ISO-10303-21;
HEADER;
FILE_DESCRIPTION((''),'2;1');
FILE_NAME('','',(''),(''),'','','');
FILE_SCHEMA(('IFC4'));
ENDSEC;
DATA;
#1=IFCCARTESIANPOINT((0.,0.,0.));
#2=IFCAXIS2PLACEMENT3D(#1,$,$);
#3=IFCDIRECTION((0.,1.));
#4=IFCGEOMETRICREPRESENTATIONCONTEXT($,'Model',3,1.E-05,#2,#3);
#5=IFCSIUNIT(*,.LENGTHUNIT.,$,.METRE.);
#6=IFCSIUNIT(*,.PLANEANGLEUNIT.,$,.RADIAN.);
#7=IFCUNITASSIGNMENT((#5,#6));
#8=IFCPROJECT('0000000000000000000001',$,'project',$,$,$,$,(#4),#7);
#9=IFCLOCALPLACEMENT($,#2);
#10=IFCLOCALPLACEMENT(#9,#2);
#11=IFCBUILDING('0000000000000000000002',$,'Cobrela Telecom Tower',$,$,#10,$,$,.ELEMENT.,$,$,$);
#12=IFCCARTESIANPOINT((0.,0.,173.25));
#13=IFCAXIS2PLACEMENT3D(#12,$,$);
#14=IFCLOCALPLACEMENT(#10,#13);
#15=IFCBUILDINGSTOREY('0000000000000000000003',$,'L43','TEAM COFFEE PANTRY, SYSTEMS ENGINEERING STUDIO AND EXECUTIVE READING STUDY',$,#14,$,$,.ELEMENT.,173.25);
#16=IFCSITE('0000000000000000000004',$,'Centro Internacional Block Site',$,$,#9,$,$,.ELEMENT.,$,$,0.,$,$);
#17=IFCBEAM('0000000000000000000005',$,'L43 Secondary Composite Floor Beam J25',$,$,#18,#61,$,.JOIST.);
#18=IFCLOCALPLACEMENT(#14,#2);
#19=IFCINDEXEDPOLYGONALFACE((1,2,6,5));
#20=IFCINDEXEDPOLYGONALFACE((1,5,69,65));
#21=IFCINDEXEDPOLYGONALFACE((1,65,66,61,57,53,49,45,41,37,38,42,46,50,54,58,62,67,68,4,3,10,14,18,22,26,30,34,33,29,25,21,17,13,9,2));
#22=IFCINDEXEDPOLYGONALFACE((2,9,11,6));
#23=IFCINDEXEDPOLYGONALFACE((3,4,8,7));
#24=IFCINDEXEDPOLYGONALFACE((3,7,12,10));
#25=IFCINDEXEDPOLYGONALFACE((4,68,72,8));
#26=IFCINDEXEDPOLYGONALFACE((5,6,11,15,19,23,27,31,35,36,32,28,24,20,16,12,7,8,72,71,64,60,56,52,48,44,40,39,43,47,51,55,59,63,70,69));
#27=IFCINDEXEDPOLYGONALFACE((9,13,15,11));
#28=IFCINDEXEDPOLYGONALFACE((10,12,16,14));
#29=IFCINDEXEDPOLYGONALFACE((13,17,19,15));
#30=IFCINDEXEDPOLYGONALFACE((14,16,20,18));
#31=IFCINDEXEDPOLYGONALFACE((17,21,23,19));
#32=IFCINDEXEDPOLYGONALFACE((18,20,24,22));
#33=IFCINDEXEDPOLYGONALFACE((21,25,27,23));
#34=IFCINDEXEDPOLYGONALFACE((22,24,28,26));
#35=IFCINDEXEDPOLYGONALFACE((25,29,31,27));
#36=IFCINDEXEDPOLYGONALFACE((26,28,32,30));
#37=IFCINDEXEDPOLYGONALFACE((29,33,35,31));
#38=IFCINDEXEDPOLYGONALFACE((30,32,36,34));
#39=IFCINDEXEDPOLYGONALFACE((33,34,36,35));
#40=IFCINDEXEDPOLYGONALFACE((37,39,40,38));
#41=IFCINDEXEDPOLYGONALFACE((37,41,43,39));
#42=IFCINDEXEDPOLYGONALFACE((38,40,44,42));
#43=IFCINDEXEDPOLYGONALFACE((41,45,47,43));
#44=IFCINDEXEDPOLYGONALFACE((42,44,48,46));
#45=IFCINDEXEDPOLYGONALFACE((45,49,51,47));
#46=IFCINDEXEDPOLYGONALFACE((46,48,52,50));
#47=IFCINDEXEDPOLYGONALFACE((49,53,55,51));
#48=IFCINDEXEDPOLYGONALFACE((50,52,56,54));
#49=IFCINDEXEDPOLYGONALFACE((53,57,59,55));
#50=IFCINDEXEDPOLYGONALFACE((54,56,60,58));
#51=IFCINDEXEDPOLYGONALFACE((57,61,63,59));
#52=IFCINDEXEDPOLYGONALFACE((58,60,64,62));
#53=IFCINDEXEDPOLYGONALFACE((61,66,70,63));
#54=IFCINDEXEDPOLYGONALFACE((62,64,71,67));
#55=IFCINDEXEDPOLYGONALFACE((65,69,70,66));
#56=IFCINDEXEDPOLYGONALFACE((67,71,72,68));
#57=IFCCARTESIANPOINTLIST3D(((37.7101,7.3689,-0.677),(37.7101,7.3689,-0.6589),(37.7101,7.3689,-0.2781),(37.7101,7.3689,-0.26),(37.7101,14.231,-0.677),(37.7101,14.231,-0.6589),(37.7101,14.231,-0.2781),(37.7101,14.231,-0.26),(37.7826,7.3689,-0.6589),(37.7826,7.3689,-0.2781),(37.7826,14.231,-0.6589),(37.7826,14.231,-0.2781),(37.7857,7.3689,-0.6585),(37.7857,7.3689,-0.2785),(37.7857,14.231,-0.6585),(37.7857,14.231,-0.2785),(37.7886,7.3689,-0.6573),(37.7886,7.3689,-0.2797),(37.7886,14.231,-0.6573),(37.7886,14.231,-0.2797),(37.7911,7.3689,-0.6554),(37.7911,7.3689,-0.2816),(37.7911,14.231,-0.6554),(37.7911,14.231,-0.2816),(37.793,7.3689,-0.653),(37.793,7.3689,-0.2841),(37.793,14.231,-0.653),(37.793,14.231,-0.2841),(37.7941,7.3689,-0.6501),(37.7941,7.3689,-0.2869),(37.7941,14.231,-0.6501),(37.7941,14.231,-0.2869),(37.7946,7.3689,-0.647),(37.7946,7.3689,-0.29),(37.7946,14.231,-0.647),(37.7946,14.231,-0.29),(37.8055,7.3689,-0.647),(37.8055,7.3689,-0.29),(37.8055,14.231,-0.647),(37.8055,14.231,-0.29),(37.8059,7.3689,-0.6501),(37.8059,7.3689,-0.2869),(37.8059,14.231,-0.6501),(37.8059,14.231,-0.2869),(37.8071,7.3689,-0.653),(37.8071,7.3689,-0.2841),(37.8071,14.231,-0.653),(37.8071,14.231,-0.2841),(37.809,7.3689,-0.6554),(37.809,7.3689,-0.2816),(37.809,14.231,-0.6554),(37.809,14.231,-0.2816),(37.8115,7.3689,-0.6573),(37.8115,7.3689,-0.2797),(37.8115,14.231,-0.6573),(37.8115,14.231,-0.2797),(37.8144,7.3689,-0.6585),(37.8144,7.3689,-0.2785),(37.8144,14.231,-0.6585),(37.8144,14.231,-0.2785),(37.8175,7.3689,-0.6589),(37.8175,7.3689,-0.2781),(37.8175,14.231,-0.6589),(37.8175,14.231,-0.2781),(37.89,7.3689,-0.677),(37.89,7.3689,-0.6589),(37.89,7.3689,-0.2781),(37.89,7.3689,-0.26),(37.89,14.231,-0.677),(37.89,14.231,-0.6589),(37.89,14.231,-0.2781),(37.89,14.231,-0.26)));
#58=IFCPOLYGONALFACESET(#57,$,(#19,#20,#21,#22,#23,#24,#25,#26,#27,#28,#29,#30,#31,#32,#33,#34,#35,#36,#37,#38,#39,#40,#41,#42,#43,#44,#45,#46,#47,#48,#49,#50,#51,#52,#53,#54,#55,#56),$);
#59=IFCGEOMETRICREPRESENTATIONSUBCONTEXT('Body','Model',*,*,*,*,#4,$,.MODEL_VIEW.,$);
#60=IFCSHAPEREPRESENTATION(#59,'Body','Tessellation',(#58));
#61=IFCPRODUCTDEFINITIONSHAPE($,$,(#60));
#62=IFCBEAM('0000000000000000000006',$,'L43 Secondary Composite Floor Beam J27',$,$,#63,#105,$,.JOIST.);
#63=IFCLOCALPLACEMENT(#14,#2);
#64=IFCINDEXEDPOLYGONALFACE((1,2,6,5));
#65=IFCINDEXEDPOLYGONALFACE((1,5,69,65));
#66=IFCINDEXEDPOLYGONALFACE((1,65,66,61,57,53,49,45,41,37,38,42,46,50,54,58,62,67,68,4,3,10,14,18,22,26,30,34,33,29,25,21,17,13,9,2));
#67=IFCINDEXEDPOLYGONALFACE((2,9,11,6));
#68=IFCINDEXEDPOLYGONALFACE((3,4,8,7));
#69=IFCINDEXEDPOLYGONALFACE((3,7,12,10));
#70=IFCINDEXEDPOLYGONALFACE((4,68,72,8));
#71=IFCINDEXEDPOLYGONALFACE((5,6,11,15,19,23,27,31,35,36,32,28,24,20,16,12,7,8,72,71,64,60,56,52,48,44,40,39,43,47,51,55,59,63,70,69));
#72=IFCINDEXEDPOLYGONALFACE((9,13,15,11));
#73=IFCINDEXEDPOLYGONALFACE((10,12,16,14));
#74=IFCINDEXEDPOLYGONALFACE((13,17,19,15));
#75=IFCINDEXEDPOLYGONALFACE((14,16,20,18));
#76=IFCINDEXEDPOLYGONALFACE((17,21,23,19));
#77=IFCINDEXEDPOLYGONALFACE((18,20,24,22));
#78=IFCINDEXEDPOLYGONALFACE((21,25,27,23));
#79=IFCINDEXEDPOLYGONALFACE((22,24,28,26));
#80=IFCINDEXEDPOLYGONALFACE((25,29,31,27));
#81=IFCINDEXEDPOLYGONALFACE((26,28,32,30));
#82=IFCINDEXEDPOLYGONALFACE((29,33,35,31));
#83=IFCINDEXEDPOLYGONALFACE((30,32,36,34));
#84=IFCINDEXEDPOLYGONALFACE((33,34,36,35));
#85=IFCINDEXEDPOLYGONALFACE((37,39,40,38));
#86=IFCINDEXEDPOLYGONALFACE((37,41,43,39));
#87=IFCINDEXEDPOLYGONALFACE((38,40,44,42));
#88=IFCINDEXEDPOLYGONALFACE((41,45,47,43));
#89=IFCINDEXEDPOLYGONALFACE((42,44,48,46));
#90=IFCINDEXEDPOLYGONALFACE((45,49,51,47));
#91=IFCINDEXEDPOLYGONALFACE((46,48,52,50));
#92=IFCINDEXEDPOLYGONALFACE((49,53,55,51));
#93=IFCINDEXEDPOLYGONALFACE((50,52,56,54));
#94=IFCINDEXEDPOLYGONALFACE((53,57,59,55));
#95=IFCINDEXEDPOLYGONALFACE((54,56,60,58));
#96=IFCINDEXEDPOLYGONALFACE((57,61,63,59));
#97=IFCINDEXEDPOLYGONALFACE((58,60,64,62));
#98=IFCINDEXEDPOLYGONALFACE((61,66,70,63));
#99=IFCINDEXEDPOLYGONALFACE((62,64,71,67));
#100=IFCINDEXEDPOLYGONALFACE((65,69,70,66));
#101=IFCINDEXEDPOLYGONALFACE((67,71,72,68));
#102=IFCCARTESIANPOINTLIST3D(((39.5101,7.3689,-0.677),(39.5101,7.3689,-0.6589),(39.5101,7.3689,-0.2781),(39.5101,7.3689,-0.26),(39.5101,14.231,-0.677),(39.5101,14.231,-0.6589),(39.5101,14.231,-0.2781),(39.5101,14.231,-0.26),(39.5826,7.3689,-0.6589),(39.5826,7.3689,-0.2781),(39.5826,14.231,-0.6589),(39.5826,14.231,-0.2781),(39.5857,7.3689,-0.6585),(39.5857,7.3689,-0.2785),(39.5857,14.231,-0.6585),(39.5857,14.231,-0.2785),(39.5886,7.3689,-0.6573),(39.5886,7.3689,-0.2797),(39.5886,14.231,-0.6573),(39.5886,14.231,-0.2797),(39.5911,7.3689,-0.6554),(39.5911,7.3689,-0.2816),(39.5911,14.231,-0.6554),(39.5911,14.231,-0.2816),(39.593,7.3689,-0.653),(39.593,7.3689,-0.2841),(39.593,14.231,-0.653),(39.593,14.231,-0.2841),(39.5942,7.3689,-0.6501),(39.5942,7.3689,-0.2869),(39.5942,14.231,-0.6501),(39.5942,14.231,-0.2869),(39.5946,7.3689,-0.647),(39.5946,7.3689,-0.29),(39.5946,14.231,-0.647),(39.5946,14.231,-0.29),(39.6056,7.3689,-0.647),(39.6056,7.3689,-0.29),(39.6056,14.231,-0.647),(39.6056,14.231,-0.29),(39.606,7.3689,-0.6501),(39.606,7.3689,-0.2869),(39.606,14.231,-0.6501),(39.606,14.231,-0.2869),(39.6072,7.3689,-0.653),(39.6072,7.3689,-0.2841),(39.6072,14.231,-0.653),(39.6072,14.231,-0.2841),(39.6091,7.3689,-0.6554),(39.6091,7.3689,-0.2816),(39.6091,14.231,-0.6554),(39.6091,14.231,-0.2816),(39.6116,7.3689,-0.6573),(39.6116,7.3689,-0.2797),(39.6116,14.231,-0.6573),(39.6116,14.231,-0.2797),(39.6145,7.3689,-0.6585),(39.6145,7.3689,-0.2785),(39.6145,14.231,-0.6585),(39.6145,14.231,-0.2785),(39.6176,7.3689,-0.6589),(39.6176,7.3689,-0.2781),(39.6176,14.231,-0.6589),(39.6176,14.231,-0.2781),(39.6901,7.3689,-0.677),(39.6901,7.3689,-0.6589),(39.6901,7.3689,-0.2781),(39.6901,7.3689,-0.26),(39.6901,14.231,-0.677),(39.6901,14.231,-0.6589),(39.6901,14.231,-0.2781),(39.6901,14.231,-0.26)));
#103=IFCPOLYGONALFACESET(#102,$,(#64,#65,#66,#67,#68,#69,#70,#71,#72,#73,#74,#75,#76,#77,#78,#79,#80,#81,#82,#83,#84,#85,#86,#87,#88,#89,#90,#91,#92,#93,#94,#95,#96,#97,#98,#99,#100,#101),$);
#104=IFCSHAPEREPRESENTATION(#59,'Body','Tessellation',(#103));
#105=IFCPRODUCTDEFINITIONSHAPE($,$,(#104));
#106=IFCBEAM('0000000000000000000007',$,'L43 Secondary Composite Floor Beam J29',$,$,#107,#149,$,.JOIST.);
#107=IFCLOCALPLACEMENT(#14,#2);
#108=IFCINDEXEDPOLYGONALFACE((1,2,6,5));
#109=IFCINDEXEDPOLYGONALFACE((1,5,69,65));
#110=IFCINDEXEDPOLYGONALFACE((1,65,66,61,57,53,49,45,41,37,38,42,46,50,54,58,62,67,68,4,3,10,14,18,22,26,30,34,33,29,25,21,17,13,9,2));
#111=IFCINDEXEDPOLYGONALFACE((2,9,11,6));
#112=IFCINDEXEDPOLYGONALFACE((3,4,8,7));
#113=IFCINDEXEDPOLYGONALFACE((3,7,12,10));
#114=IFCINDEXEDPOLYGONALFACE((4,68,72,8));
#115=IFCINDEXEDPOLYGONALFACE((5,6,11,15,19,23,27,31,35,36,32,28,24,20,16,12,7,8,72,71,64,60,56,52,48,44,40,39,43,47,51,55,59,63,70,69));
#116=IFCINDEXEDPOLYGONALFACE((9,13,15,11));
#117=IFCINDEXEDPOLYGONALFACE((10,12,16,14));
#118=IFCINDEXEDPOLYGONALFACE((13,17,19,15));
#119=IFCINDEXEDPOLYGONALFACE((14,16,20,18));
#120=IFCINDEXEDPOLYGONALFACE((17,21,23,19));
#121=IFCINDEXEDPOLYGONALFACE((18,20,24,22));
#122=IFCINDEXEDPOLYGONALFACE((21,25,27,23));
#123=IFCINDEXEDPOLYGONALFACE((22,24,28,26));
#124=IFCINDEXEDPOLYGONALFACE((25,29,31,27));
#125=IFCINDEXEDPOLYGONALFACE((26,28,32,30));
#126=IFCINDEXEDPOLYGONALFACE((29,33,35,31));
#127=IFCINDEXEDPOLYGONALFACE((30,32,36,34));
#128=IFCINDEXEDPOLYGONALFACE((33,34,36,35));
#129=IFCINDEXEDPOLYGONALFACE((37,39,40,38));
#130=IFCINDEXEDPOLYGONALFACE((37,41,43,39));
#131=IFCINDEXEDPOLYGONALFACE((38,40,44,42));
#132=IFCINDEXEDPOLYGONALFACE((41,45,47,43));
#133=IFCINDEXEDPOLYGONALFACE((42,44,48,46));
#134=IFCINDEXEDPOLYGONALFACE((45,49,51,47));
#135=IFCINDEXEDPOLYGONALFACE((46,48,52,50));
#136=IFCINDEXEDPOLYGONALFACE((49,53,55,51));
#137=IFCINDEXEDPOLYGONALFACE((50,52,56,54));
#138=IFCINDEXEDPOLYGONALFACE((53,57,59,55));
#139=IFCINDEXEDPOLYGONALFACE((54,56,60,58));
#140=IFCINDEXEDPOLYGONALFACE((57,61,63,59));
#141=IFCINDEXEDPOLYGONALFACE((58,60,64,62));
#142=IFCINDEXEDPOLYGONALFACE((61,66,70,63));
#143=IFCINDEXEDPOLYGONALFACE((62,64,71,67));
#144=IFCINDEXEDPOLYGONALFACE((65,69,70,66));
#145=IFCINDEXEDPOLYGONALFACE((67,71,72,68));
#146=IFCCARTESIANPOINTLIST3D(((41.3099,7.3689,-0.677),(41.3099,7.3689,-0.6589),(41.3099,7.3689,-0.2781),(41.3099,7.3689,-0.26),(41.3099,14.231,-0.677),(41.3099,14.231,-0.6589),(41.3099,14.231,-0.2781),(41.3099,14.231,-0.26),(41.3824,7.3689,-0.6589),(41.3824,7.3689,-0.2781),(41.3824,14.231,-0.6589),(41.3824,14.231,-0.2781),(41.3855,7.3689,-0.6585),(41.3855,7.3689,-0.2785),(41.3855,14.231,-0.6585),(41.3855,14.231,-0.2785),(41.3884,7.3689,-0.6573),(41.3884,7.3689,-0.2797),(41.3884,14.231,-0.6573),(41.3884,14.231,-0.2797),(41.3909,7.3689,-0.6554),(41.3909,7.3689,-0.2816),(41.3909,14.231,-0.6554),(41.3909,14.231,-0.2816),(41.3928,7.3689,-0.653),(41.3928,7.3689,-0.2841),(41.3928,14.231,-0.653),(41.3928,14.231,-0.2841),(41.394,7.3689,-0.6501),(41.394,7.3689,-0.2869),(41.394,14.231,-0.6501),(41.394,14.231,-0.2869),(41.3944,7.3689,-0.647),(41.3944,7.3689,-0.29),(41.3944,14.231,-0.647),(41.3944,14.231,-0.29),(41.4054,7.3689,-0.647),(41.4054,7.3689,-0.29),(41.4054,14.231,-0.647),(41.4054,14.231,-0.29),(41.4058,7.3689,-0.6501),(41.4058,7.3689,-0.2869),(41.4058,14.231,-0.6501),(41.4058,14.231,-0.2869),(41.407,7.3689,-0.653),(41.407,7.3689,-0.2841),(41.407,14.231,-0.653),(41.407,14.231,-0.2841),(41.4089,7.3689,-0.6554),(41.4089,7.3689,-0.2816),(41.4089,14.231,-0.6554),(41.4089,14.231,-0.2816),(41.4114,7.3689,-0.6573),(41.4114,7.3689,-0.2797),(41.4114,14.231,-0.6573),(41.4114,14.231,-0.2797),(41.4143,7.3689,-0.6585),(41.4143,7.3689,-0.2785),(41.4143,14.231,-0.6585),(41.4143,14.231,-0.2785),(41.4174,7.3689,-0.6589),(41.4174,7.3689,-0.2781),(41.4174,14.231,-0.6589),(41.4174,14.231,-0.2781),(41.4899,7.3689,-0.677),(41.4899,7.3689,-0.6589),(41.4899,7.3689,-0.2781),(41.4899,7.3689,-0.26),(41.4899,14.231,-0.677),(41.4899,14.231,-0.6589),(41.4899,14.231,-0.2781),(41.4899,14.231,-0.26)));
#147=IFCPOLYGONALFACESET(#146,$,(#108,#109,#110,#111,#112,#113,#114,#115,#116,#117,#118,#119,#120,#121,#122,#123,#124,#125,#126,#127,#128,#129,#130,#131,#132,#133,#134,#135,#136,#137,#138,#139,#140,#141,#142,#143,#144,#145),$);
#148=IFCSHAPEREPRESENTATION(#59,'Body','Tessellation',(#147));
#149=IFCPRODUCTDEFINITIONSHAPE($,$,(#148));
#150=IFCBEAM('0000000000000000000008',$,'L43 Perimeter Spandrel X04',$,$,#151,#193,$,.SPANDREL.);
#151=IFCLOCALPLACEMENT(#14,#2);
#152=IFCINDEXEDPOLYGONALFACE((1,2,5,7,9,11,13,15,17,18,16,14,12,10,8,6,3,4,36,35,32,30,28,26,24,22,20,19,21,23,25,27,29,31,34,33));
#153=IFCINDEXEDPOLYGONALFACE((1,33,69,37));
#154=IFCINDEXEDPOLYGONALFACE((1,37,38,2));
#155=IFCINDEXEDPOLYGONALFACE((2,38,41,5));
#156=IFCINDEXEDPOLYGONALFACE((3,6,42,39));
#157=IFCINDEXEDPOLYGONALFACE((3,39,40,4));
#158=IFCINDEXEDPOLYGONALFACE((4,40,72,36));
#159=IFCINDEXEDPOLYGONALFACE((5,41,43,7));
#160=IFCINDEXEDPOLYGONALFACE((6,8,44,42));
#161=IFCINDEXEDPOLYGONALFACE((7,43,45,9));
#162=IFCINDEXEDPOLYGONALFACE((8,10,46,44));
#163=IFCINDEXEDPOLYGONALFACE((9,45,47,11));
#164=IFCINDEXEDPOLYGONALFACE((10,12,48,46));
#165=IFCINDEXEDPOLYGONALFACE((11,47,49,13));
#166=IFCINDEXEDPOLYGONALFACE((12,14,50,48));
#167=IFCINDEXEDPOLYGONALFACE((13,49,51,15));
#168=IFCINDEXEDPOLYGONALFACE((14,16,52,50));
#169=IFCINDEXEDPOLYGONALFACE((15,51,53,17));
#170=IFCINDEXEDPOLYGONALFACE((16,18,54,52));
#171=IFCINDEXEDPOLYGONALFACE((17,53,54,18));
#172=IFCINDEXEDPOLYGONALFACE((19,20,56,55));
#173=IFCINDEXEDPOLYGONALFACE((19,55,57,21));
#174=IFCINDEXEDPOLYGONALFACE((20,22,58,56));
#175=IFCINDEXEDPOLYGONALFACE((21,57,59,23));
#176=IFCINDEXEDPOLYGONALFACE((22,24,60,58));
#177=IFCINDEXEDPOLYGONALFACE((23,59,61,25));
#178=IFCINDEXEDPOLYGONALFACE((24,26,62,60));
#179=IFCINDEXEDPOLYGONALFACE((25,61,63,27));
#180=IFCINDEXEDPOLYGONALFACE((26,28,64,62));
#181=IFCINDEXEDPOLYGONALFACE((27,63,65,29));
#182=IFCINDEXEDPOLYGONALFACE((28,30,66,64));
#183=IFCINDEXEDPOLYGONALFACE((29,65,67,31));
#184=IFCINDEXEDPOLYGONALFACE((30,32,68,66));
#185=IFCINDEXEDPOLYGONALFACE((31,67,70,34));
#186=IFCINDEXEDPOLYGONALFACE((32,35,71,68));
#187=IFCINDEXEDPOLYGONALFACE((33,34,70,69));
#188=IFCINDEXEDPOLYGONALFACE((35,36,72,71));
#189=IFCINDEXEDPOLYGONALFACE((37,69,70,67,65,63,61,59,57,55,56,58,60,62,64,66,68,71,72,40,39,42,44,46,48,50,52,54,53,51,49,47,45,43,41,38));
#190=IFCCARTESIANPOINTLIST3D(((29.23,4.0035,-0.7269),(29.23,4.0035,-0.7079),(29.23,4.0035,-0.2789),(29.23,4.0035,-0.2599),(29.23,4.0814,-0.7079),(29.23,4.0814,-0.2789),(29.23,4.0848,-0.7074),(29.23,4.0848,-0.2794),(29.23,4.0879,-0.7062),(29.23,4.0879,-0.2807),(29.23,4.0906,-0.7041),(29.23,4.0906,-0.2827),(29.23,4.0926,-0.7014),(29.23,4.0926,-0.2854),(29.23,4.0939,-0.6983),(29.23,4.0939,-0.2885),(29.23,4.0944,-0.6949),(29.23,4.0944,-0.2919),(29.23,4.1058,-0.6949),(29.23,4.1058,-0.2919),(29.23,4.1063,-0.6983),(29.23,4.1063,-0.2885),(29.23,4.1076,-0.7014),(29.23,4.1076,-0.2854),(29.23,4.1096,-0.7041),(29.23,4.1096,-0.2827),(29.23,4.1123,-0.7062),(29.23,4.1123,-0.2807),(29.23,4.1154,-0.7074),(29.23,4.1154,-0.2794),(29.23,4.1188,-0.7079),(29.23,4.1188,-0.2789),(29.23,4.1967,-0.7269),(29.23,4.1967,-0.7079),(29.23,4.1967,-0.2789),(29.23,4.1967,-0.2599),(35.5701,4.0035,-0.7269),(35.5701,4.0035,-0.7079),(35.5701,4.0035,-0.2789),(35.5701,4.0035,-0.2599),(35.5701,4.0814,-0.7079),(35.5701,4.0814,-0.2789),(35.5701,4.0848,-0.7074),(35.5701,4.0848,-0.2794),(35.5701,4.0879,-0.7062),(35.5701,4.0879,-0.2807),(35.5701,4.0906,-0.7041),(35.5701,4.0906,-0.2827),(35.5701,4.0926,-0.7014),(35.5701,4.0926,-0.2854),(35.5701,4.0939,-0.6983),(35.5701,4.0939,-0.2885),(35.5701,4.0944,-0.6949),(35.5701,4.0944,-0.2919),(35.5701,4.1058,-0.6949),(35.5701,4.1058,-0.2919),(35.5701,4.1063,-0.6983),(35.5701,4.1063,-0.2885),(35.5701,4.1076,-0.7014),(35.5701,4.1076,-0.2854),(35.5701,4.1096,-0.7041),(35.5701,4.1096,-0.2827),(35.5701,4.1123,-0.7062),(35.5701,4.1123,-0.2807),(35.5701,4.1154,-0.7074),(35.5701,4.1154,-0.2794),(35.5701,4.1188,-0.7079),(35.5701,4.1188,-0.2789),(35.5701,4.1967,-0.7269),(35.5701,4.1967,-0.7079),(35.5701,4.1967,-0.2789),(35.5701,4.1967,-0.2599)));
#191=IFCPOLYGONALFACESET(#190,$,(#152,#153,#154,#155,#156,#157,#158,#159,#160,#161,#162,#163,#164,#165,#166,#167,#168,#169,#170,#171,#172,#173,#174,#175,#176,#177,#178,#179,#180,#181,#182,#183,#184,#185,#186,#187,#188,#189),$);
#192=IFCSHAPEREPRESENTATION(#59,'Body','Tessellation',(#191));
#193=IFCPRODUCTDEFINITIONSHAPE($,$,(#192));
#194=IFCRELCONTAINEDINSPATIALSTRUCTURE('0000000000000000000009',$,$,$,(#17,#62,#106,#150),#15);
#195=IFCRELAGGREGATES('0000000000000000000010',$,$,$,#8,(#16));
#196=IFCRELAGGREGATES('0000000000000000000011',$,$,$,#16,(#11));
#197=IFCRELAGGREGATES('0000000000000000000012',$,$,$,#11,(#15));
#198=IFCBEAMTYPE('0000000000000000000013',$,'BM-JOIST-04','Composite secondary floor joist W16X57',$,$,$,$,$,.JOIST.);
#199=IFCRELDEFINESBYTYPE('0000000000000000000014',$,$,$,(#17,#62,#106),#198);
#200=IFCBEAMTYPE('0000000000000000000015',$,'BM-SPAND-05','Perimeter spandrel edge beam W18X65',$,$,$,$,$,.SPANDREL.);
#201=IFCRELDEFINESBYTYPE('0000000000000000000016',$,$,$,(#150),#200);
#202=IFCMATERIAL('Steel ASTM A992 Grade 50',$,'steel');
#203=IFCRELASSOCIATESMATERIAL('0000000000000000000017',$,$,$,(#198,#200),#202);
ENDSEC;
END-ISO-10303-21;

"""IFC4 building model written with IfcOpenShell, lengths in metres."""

from ifc_helpers import new_model, si_unit, direction, frame, origin, origin_2d, place, context, subcontext, project, spatial, i_section, extrude, material, material_profile, profile_set, type_object, element, save


model = new_model("IFC4")

# Units and contexts
model_context = context("Model", 3, precision=1e-05, world=origin(), true_north=direction((0.0, 1.0)))
body_context = subcontext(model_context, "Body", "Model", "MODEL_VIEW")
ifc_project = project(units=[si_unit("LENGTHUNIT", "METRE"), si_unit("PLANEANGLEUNIT", "RADIAN")], contexts=[model_context])

# Site, building, storey
site_placement = place(None, origin())
site = spatial("IfcSite", under=ifc_project, at=site_placement, Name="Centro Internacional Block Site", CompositionType="ELEMENT", RefElevation=0.0)
building_placement = place(site_placement, origin())
building = spatial("IfcBuilding", under=site, at=building_placement, Name="Cobrela Telecom Tower", CompositionType="ELEMENT")
storey_placement = place(building_placement, frame((0.0, 0.0, 173.25)))
storey = spatial("IfcBuildingStorey", under=building, at=storey_placement, Name="L43", Description="TEAM COFFEE PANTRY, SYSTEMS ENGINEERING STUDIO AND EXECUTIVE READING STUDY", CompositionType="ELEMENT", Elevation=173.25)

# Shared definitions
ifc_material_1 = material(Name="Steel ASTM A992 Grade 50", Category="steel")

# Beams
ifc_material_profile_1 = material_profile(ifc_material_1, i_section(OverallWidth=0.1799, OverallDepth=0.417, WebThickness=0.011, FlangeThickness=0.0181, FilletRadius=0.012, at=origin_2d()), Name="W16X57")
ifc_profile_set_1 = profile_set([ifc_material_profile_1], Name="Steel ASTM A992 Grade 50")
beam_type_1 = type_object("IfcBeamType", Name="BM-JOIST-04", Description="Composite secondary floor joist W16X57", PredefinedType="JOIST", material=ifc_profile_set_1)
for number, where, z_axis, x_axis, name in (
    (1, (37.8, 7.3689, -0.4685), (0.0, 1.0, 0.0), (-1.0, 0.0, 0.0), "L43 Secondary Composite Floor Beam J25"),
    (2, (39.6001, 7.3689, -0.4685), (0.0, 1.0, 0.0), (-1.0, 0.0, 0.0), "L43 Secondary Composite Floor Beam J27"),
    (3, (41.3999, 7.3689, -0.4685), (0.0, 1.0, 0.0), (-1.0, 0.0, 0.0), "L43 Secondary Composite Floor Beam J29"),
):
    element("IfcBeam", number, at=place(storey_placement, frame(where, z_axis=z_axis, x_axis=x_axis)), inside=storey, type_object=beam_type_1, Name=name, PredefinedType="JOIST", context=body_context, shape_type="SweptSolid", body=[
        extrude(i_section(OverallWidth=0.1799, OverallDepth=0.417, WebThickness=0.011, FlangeThickness=0.0181, FilletRadius=0.012, at=origin_2d()), origin(), (0.0, 0.0, 1.0), 6.8621),
    ])
ifc_material_profile_2 = material_profile(ifc_material_1, i_section(OverallWidth=0.1931, OverallDepth=0.467, WebThickness=0.0115, FlangeThickness=0.019, FilletRadius=0.0129, at=origin_2d()), Name="W18X65")
ifc_profile_set_2 = profile_set([ifc_material_profile_2], Name="Steel ASTM A992 Grade 50")
beam_type_2 = type_object("IfcBeamType", Name="BM-SPAND-05", Description="Perimeter spandrel edge beam W18X65", PredefinedType="SPANDREL", material=ifc_profile_set_2)
for number, where, z_axis, x_axis, name in (
    (4, (29.23, 4.1001, -0.4934), (1.0, 0.0, 0.0), (0.0, 1.0, 0.0), "L43 Perimeter Spandrel X04"),
):
    element("IfcBeam", number, at=place(storey_placement, frame(where, z_axis=z_axis, x_axis=x_axis)), inside=storey, type_object=beam_type_2, Name=name, PredefinedType="SPANDREL", context=body_context, shape_type="SweptSolid", body=[
        extrude(i_section(OverallWidth=0.1931, OverallDepth=0.467, WebThickness=0.0115, FlangeThickness=0.019, FilletRadius=0.0129, at=origin_2d()), origin(), (0.0, 0.0, 1.0), 6.3401),
    ])

save(model, "model.ifc")
